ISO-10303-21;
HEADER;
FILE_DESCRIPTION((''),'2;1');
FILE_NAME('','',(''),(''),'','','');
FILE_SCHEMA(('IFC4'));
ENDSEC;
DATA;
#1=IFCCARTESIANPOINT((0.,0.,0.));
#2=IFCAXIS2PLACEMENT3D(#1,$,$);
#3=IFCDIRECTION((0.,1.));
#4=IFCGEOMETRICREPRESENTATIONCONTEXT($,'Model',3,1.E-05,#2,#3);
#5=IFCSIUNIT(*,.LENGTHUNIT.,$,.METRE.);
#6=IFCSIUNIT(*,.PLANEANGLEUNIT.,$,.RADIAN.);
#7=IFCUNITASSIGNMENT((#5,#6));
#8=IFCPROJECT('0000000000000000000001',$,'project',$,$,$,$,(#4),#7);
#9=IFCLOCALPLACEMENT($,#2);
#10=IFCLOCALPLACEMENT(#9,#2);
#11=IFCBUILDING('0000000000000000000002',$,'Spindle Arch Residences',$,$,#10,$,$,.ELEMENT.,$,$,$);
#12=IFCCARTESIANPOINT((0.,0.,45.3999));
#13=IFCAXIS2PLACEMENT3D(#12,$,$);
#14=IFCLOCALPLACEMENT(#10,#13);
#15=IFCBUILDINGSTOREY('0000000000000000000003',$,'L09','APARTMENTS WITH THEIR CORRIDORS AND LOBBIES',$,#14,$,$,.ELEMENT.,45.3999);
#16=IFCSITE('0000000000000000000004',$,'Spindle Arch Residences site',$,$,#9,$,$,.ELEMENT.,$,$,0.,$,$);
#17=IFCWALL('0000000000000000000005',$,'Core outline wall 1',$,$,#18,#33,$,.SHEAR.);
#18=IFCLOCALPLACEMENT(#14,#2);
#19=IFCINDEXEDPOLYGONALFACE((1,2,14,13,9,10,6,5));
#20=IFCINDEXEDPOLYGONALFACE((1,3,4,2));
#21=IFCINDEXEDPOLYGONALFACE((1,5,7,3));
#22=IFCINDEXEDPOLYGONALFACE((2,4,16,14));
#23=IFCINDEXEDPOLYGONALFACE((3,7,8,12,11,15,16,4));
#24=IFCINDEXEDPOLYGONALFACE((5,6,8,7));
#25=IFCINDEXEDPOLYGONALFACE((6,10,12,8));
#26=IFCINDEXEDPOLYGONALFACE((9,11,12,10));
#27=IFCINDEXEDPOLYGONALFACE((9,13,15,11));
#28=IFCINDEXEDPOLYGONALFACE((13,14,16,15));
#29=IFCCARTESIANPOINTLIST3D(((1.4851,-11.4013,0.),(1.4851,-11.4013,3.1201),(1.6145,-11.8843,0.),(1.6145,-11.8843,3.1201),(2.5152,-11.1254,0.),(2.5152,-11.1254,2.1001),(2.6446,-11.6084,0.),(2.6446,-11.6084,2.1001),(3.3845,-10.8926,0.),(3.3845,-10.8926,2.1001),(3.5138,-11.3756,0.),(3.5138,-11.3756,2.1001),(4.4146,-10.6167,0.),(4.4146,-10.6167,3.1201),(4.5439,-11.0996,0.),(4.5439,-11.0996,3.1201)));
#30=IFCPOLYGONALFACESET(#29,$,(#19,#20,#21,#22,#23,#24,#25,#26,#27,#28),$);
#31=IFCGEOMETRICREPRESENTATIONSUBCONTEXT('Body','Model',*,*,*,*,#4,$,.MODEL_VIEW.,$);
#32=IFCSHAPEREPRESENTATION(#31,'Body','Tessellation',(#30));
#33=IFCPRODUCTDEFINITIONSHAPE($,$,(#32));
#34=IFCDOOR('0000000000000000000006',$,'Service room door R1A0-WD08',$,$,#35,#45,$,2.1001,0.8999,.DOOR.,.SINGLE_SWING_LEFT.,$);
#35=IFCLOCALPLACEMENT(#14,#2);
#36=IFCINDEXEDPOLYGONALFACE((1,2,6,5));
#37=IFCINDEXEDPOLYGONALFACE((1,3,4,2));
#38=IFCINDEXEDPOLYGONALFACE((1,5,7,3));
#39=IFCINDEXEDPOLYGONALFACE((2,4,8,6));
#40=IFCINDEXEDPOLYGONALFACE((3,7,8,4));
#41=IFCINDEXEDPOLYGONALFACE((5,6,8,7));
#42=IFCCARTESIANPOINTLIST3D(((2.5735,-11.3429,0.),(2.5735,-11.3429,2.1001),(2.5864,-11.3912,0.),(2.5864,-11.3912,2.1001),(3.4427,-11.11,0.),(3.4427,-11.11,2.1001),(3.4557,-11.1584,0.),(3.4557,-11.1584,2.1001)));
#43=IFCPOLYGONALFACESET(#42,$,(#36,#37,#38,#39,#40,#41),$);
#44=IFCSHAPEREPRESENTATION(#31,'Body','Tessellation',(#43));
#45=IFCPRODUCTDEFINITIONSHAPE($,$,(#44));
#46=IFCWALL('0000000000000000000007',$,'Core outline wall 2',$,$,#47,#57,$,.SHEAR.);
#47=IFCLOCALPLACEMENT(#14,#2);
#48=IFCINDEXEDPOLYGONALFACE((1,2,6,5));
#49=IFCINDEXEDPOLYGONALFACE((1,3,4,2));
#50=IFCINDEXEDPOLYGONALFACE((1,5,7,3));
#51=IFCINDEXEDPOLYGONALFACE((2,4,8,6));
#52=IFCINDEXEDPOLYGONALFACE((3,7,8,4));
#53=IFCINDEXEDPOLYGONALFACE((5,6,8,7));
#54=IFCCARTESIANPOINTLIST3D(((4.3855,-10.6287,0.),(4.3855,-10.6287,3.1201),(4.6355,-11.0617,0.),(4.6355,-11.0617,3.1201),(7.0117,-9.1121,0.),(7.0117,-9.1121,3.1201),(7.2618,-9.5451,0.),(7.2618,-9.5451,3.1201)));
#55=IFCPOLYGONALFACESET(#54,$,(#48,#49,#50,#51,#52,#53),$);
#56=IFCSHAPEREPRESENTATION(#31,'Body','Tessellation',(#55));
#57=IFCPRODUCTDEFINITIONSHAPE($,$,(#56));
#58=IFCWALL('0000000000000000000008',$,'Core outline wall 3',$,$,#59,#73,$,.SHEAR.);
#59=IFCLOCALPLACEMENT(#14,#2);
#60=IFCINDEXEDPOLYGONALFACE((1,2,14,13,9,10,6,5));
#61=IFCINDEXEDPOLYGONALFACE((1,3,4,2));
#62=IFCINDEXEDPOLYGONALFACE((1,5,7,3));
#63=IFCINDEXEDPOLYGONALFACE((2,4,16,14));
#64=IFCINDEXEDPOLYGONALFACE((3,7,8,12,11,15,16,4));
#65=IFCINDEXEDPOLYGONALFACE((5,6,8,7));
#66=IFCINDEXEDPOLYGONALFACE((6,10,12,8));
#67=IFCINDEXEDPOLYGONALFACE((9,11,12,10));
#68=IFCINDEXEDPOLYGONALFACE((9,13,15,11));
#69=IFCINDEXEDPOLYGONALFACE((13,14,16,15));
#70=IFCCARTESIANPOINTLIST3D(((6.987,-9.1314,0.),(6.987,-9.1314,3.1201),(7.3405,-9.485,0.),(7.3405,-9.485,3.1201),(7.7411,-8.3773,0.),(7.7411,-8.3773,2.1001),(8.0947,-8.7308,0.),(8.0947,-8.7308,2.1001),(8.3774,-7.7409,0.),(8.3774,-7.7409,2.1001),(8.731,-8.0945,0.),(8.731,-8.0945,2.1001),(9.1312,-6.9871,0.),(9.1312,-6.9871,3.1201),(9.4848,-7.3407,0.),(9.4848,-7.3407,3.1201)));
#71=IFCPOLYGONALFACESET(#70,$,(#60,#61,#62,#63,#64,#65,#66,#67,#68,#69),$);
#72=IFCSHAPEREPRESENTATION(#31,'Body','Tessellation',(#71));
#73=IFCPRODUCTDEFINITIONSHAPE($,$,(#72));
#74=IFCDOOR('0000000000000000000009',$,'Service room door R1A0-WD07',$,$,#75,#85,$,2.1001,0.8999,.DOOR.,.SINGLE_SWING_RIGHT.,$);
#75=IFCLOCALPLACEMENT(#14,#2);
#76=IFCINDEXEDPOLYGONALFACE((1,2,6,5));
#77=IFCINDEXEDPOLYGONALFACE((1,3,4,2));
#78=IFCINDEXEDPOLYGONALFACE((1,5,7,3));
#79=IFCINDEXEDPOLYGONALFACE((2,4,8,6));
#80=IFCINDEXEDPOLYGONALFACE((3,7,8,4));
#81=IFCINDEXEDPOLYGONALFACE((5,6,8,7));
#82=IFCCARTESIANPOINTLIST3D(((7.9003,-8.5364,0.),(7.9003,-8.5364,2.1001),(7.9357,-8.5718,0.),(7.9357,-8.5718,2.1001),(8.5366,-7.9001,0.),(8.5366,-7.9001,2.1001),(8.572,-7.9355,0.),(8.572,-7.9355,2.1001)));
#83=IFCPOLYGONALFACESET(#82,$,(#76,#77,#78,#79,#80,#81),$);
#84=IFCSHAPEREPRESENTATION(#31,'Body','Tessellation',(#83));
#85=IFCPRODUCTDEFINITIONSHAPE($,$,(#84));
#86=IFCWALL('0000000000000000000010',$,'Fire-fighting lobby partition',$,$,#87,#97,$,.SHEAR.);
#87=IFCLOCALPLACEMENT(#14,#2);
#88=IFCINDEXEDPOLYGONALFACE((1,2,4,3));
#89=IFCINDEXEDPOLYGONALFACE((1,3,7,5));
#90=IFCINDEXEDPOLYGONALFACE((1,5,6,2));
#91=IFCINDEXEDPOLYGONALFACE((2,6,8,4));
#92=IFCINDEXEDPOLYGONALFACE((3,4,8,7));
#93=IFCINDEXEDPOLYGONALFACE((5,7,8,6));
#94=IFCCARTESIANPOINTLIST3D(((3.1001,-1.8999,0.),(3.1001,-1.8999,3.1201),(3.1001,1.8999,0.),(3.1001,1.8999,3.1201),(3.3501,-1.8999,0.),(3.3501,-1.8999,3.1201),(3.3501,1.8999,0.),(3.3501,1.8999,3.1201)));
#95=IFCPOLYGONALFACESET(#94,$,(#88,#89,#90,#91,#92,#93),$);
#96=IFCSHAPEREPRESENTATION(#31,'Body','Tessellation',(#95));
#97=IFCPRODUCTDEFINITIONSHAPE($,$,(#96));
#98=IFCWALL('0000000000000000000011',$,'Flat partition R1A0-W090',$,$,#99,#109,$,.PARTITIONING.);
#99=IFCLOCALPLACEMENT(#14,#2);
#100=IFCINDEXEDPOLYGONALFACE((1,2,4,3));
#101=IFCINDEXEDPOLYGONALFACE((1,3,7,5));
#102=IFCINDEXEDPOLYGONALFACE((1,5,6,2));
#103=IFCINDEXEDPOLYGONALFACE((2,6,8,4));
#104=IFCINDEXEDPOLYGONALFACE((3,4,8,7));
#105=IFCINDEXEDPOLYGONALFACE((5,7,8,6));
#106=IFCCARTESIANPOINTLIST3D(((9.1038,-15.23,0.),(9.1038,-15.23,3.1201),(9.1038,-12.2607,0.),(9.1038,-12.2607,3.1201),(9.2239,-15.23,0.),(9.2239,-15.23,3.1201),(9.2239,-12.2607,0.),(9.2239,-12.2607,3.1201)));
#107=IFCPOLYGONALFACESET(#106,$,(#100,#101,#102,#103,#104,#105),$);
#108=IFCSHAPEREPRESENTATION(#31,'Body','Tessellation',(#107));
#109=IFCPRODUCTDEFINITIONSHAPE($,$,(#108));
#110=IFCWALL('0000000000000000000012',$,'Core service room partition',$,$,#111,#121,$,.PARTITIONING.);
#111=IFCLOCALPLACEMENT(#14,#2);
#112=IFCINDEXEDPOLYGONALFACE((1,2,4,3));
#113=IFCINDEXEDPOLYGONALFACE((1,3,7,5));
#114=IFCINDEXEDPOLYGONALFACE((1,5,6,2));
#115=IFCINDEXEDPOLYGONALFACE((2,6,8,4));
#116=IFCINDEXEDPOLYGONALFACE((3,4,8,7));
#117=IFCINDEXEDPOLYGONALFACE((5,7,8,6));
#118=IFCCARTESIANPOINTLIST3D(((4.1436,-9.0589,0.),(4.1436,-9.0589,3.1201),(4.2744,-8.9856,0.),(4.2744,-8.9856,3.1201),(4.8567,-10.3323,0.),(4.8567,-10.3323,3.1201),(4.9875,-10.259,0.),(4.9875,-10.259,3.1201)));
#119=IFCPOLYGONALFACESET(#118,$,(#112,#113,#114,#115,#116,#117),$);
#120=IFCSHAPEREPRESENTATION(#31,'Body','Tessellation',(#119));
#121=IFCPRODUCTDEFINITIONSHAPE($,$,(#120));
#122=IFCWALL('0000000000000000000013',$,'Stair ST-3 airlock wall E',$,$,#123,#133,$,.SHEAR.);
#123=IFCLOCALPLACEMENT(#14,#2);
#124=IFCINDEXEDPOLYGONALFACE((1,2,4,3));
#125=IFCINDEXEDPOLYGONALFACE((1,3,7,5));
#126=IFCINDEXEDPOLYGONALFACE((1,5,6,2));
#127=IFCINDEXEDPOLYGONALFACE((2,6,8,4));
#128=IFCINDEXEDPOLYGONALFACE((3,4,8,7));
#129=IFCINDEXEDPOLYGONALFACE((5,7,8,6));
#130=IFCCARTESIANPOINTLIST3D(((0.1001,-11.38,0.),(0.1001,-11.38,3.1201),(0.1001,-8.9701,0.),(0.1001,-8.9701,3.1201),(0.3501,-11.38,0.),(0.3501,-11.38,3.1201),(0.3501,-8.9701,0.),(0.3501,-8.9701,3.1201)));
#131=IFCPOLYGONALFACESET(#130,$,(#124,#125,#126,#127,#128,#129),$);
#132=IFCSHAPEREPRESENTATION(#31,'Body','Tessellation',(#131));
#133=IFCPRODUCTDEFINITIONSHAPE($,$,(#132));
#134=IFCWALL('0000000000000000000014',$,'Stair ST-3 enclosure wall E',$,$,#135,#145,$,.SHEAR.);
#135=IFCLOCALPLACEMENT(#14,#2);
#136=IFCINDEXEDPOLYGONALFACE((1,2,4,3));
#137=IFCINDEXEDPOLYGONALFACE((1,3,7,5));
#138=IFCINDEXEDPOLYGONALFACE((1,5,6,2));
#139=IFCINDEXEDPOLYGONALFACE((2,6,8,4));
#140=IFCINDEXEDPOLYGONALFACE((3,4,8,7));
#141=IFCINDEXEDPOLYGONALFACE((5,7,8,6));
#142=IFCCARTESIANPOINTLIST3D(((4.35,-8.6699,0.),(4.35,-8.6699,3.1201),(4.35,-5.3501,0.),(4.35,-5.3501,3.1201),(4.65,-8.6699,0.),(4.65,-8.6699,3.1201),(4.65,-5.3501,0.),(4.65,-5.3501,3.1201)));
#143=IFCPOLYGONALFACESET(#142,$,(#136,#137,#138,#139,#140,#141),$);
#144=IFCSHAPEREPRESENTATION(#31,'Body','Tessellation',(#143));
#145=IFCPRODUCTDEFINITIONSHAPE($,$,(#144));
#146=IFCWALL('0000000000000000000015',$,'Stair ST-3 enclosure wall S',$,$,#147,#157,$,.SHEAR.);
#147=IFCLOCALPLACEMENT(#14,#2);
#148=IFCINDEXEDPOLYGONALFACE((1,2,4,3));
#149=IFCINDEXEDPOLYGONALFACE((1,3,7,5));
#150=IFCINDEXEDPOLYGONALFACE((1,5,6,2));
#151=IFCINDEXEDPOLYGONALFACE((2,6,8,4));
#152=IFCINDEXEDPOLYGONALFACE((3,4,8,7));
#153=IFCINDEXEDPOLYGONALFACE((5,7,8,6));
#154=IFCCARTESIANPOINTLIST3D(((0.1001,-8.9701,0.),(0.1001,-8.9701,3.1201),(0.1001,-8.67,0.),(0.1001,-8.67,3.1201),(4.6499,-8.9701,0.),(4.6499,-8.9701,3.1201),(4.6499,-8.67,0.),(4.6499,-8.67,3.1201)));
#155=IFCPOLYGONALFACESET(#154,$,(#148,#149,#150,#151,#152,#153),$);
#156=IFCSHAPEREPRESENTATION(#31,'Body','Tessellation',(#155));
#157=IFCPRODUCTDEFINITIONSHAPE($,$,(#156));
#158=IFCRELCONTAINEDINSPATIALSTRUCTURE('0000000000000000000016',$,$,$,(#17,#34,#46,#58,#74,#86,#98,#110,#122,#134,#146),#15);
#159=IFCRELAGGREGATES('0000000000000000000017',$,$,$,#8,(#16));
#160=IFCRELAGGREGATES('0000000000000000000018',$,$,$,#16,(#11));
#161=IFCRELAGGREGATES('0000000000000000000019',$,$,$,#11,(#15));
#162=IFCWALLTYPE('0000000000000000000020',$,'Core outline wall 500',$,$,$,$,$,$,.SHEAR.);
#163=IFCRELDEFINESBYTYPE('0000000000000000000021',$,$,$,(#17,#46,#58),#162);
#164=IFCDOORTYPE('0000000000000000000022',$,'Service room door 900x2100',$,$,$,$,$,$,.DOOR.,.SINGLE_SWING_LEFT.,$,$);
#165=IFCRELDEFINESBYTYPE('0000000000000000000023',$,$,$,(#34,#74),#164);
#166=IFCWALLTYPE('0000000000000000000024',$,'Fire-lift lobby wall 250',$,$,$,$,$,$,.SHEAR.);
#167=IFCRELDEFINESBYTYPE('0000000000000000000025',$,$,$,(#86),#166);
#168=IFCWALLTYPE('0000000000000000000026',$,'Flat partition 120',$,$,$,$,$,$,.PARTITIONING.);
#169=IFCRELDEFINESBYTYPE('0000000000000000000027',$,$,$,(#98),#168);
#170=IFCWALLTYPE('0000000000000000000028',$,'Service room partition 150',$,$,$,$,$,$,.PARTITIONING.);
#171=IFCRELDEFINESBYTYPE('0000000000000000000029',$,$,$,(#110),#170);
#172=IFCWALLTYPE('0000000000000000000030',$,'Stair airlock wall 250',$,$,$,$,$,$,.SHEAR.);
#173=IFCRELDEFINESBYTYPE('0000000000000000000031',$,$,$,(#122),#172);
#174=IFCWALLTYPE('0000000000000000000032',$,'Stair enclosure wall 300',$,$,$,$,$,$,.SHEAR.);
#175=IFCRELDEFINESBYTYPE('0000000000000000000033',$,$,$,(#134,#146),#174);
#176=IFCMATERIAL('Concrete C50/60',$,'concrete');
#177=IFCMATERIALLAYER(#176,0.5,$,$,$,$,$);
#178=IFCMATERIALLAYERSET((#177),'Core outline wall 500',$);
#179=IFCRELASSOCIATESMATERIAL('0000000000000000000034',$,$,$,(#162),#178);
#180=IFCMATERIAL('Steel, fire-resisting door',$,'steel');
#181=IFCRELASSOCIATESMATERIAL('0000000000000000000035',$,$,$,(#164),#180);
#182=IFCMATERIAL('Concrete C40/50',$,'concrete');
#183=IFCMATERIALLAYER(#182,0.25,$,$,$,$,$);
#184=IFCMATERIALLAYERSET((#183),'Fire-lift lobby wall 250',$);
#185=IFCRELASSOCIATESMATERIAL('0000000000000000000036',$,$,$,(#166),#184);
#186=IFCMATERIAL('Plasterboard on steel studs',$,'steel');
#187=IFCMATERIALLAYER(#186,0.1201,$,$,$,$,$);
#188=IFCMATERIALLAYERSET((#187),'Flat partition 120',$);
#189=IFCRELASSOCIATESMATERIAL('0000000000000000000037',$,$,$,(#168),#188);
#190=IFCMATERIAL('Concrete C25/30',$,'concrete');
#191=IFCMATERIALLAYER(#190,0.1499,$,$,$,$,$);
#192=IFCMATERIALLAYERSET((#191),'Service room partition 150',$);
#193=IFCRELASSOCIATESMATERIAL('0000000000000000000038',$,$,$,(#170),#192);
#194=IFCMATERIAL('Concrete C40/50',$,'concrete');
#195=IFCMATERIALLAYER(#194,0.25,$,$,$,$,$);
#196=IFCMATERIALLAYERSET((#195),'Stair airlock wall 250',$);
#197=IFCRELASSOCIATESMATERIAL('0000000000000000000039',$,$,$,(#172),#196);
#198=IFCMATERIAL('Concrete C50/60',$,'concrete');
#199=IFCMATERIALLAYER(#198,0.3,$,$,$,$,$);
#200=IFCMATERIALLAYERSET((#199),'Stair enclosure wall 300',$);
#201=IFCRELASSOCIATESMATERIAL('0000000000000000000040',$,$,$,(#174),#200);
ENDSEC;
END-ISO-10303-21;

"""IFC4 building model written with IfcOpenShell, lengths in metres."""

from ifc_helpers import new_model, si_unit, direction, frame, frame_2d, origin, place, context, subcontext, project, spatial, rectangle, extrude, material, layer, layer_set, type_object, element, fill, save


model = new_model("IFC4")

# Units and contexts
model_context = context("Model", 3, precision=1e-05, world=origin(), true_north=direction((0.0, 1.0)))
body_context = subcontext(model_context, "Body", "Model", "MODEL_VIEW")
ifc_project = project(units=[si_unit("LENGTHUNIT", "METRE"), si_unit("PLANEANGLEUNIT", "RADIAN")], contexts=[model_context])

# Site, building, storey
site_placement = place(None, origin())
site = spatial("IfcSite", under=ifc_project, at=site_placement, Name="Spindle Arch Residences site", CompositionType="ELEMENT", RefElevation=0.0)
building_placement = place(site_placement, origin())
building = spatial("IfcBuilding", under=site, at=building_placement, Name="Spindle Arch Residences", CompositionType="ELEMENT")
storey_placement = place(building_placement, frame((0.0, 0.0, 45.3999)))
storey = spatial("IfcBuildingStorey", under=building, at=storey_placement, Name="L09", Description="APARTMENTS WITH THEIR CORRIDORS AND LOBBIES", CompositionType="ELEMENT", Elevation=45.3999)

# Wall, opening, door
ifc_material_1 = material(Name="Concrete C50/60", Category="concrete")
ifc_layer_1 = layer(ifc_material_1, 0.5)
ifc_layer_set_1 = layer_set([ifc_layer_1], Name="Core outline wall 500")
wall_type_1 = type_object("IfcWallType", Name="Core outline wall 500", PredefinedType="SHEAR", material=ifc_layer_set_1)
wall_1_placement = place(storey_placement, frame((1.5498, -11.6428, 0.0), z_axis=(0.0, 0.0, 1.0), x_axis=(0.965948, 0.258735, 0.0)))
wall_1 = element("IfcWall", 1, at=wall_1_placement, inside=storey, type_object=wall_type_1, Name="Core outline wall 1", PredefinedType="SHEAR", context=body_context, shape_type="SweptSolid", body=[
    extrude(rectangle(XDim=3.0327, YDim=0.5, at=frame_2d((1.5164, 0.0))), origin(), (0.0, 0.0, 1.0), 3.1201),
])
opening_1_placement = place(wall_1_placement, frame((1.0664, 0.0, 0.0)))
opening_1 = element("IfcOpeningElement", 2, at=opening_1_placement, cuts=wall_1, PredefinedType="OPENING", context=body_context, shape_type="SweptSolid", body=[
    extrude(rectangle(XDim=0.8999, YDim=2.1001, at=frame_2d((0.45, 1.05))), frame((0.0, 0.26, 0.0), z_axis=(0.0, -1.0, 0.0), x_axis=(1.0, 0.0, 0.0)), (0.0, 0.0, 1.0), 0.52),
])
ifc_material_2 = material(Name="Steel, fire-resisting door", Category="steel")
door_type_1 = type_object("IfcDoorType", Name="Service room door 900x2100", OperationType="SINGLE_SWING_LEFT", PredefinedType="DOOR", material=ifc_material_2)
door_1_placement = place(opening_1_placement, origin())
door_1 = element("IfcDoor", 3, at=door_1_placement, inside=storey, type_object=door_type_1, Name="Service room door R1A0-WD08", OperationType="SINGLE_SWING_LEFT", OverallHeight=2.1001, OverallWidth=0.8999, PredefinedType="DOOR", context=body_context, shape_type="SweptSolid", body=[
    extrude(rectangle(XDim=0.8999, YDim=2.1001, at=frame_2d((0.45, 1.05))), frame((0.0, 0.0249, 0.0), z_axis=(0.0, -1.0, 0.0), x_axis=(1.0, 0.0, 0.0)), (0.0, 0.0, 1.0), 0.05),
])
fill(opening_1, door_1)

# Wall
wall_2_placement = place(storey_placement, frame((4.5105, -10.8452, 0.0), z_axis=(0.0, 0.0, 1.0), x_axis=(0.865975, 0.500087, 0.0)))
element("IfcWall", 4, at=wall_2_placement, inside=storey, type_object=wall_type_1, Name="Core outline wall 2", PredefinedType="SHEAR", context=body_context, shape_type="SweptSolid", body=[
    extrude(rectangle(XDim=3.0327, YDim=0.5, at=frame_2d((1.5164, 0.0))), origin(), (0.0, 0.0, 1.0), 3.1201),
])

# Wall, opening, door
wall_3_placement = place(storey_placement, frame((7.1638, -9.3081, 0.0), z_axis=(0.0, 0.0, 1.0), x_axis=(0.707107, 0.707107, 0.0)))
wall_3 = element("IfcWall", 5, at=wall_3_placement, inside=storey, type_object=wall_type_1, Name="Core outline wall 3", PredefinedType="SHEAR", context=body_context, shape_type="SweptSolid", body=[
    extrude(rectangle(XDim=3.0325, YDim=0.5, at=frame_2d((1.5161, 0.0))), origin(), (0.0, 0.0, 1.0), 3.1201),
])
opening_2_placement = place(wall_3_placement, frame((1.0664, 0.0, 0.0)))
opening_2 = element("IfcOpeningElement", 6, at=opening_2_placement, cuts=wall_3, PredefinedType="OPENING", context=body_context, shape_type="SweptSolid", body=[
    extrude(rectangle(XDim=0.8999, YDim=2.1001, at=frame_2d((0.45, 1.05))), frame((0.0, 0.26, 0.0), z_axis=(0.0, -1.0, 0.0), x_axis=(1.0, 0.0, 0.0)), (0.0, 0.0, 1.0), 0.52),
])
door_2_placement = place(opening_2_placement, origin())
door_2 = element("IfcDoor", 7, at=door_2_placement, inside=storey, type_object=door_type_1, Name="Service room door R1A0-WD07", OperationType="SINGLE_SWING_RIGHT", OverallHeight=2.1001, OverallWidth=0.8999, PredefinedType="DOOR", context=body_context, shape_type="SweptSolid", body=[
    extrude(rectangle(XDim=0.8999, YDim=2.1001, at=frame_2d((0.45, 1.05))), frame((0.0, 0.0249, 0.0), z_axis=(0.0, -1.0, 0.0), x_axis=(1.0, 0.0, 0.0)), (0.0, 0.0, 1.0), 0.05),
])
fill(opening_2, door_2)

# Wall
ifc_material_3 = material(Name="Concrete C40/50", Category="concrete")
ifc_layer_2 = layer(ifc_material_3, 0.25)
ifc_layer_set_2 = layer_set([ifc_layer_2], Name="Fire-lift lobby wall 250")
wall_type_2 = type_object("IfcWallType", Name="Fire-lift lobby wall 250", PredefinedType="SHEAR", material=ifc_layer_set_2)
wall_4_placement = place(storey_placement, frame((3.2251, -1.8999, 0.0), z_axis=(0.0, 0.0, 1.0), x_axis=(0.0, 1.0, 0.0)))
element("IfcWall", 8, at=wall_4_placement, inside=storey, type_object=wall_type_2, Name="Fire-fighting lobby partition", PredefinedType="SHEAR", context=body_context, shape_type="SweptSolid", body=[
    extrude(rectangle(XDim=3.7998, YDim=0.25, at=frame_2d((1.8999, 0.0))), origin(), (0.0, 0.0, 1.0), 3.1201),
])

# Walls
ifc_material_4 = material(Name="Plasterboard on steel studs", Category="steel")
ifc_layer_3 = layer(ifc_material_4, 0.1201)
ifc_layer_set_3 = layer_set([ifc_layer_3], Name="Flat partition 120")
wall_type_3 = type_object("IfcWallType", Name="Flat partition 120", PredefinedType="PARTITIONING", material=ifc_layer_set_3)
wall_5_placement = place(storey_placement, frame((9.1638, -12.2607, 0.0), z_axis=(0.0, 0.0, 1.0), x_axis=(0.0, -1.0, 0.0)))
element("IfcWall", 9, at=wall_5_placement, inside=storey, type_object=wall_type_3, Name="Flat partition R1A0-W090", PredefinedType="PARTITIONING", context=body_context, shape_type="SweptSolid", body=[
    extrude(rectangle(XDim=2.9692, YDim=0.1201, at=frame_2d((1.4846, 0.0))), origin(), (0.0, 0.0, 1.0), 3.1201),
])
ifc_material_5 = material(Name="Concrete C25/30", Category="concrete")
ifc_layer_4 = layer(ifc_material_5, 0.1499)
ifc_layer_set_4 = layer_set([ifc_layer_4], Name="Service room partition 150")
wall_type_4 = type_object("IfcWallType", Name="Service room partition 150", PredefinedType="PARTITIONING", material=ifc_layer_set_4)
wall_6_placement = place(storey_placement, frame((4.9221, -10.2957, 0.0), z_axis=(0.0, 0.0, 1.0), x_axis=(-0.488608, 0.872503, 0.0)))
element("IfcWall", 10, at=wall_6_placement, inside=storey, type_object=wall_type_4, Name="Core service room partition", PredefinedType="PARTITIONING", context=body_context, shape_type="SweptSolid", body=[
    extrude(rectangle(XDim=1.4595, YDim=0.1499, at=frame_2d((0.7297, 0.0))), origin(), (0.0, 0.0, 1.0), 3.1201),
])
ifc_material_6 = material(Name="Concrete C40/50", Category="concrete")
ifc_layer_5 = layer(ifc_material_6, 0.25)
ifc_layer_set_5 = layer_set([ifc_layer_5], Name="Stair airlock wall 250")
wall_type_5 = type_object("IfcWallType", Name="Stair airlock wall 250", PredefinedType="SHEAR", material=ifc_layer_set_5)
wall_7_placement = place(storey_placement, frame((0.2251, -8.97, 0.0), z_axis=(0.0, 0.0, 1.0), x_axis=(0.0, -1.0, 0.0)))
element("IfcWall", 11, at=wall_7_placement, inside=storey, type_object=wall_type_5, Name="Stair ST-3 airlock wall E", PredefinedType="SHEAR", context=body_context, shape_type="SweptSolid", body=[
    extrude(rectangle(XDim=2.4099, YDim=0.25, at=frame_2d((1.2051, 0.0))), origin(), (0.0, 0.0, 1.0), 3.1201),
])
ifc_material_7 = material(Name="Concrete C50/60", Category="concrete")
ifc_layer_6 = layer(ifc_material_7, 0.3)
ifc_layer_set_6 = layer_set([ifc_layer_6], Name="Stair enclosure wall 300")
wall_type_6 = type_object("IfcWallType", Name="Stair enclosure wall 300", PredefinedType="SHEAR", material=ifc_layer_set_6)
wall_8_placement = place(storey_placement, frame((4.5, -8.6699, 0.0), z_axis=(0.0, 0.0, 1.0), x_axis=(0.0, 1.0, 0.0)))
element("IfcWall", 12, at=wall_8_placement, inside=storey, type_object=wall_type_6, Name="Stair ST-3 enclosure wall E", PredefinedType="SHEAR", context=body_context, shape_type="SweptSolid", body=[
    extrude(rectangle(XDim=3.3198, YDim=0.3, at=frame_2d((1.6599, 0.0))), origin(), (0.0, 0.0, 1.0), 3.1201),
])
wall_9_placement = place(storey_placement, frame((0.1001, -8.8201, 0.0), z_axis=(0.0, 0.0, 1.0), x_axis=(1.0, 0.0, 0.0)))
element("IfcWall", 13, at=wall_9_placement, inside=storey, type_object=wall_type_6, Name="Stair ST-3 enclosure wall S", PredefinedType="SHEAR", context=body_context, shape_type="SweptSolid", body=[
    extrude(rectangle(XDim=4.5498, YDim=0.3, at=frame_2d((2.2749, 0.0))), origin(), (0.0, 0.0, 1.0), 3.1201),
])

save(model, "model.ifc")
